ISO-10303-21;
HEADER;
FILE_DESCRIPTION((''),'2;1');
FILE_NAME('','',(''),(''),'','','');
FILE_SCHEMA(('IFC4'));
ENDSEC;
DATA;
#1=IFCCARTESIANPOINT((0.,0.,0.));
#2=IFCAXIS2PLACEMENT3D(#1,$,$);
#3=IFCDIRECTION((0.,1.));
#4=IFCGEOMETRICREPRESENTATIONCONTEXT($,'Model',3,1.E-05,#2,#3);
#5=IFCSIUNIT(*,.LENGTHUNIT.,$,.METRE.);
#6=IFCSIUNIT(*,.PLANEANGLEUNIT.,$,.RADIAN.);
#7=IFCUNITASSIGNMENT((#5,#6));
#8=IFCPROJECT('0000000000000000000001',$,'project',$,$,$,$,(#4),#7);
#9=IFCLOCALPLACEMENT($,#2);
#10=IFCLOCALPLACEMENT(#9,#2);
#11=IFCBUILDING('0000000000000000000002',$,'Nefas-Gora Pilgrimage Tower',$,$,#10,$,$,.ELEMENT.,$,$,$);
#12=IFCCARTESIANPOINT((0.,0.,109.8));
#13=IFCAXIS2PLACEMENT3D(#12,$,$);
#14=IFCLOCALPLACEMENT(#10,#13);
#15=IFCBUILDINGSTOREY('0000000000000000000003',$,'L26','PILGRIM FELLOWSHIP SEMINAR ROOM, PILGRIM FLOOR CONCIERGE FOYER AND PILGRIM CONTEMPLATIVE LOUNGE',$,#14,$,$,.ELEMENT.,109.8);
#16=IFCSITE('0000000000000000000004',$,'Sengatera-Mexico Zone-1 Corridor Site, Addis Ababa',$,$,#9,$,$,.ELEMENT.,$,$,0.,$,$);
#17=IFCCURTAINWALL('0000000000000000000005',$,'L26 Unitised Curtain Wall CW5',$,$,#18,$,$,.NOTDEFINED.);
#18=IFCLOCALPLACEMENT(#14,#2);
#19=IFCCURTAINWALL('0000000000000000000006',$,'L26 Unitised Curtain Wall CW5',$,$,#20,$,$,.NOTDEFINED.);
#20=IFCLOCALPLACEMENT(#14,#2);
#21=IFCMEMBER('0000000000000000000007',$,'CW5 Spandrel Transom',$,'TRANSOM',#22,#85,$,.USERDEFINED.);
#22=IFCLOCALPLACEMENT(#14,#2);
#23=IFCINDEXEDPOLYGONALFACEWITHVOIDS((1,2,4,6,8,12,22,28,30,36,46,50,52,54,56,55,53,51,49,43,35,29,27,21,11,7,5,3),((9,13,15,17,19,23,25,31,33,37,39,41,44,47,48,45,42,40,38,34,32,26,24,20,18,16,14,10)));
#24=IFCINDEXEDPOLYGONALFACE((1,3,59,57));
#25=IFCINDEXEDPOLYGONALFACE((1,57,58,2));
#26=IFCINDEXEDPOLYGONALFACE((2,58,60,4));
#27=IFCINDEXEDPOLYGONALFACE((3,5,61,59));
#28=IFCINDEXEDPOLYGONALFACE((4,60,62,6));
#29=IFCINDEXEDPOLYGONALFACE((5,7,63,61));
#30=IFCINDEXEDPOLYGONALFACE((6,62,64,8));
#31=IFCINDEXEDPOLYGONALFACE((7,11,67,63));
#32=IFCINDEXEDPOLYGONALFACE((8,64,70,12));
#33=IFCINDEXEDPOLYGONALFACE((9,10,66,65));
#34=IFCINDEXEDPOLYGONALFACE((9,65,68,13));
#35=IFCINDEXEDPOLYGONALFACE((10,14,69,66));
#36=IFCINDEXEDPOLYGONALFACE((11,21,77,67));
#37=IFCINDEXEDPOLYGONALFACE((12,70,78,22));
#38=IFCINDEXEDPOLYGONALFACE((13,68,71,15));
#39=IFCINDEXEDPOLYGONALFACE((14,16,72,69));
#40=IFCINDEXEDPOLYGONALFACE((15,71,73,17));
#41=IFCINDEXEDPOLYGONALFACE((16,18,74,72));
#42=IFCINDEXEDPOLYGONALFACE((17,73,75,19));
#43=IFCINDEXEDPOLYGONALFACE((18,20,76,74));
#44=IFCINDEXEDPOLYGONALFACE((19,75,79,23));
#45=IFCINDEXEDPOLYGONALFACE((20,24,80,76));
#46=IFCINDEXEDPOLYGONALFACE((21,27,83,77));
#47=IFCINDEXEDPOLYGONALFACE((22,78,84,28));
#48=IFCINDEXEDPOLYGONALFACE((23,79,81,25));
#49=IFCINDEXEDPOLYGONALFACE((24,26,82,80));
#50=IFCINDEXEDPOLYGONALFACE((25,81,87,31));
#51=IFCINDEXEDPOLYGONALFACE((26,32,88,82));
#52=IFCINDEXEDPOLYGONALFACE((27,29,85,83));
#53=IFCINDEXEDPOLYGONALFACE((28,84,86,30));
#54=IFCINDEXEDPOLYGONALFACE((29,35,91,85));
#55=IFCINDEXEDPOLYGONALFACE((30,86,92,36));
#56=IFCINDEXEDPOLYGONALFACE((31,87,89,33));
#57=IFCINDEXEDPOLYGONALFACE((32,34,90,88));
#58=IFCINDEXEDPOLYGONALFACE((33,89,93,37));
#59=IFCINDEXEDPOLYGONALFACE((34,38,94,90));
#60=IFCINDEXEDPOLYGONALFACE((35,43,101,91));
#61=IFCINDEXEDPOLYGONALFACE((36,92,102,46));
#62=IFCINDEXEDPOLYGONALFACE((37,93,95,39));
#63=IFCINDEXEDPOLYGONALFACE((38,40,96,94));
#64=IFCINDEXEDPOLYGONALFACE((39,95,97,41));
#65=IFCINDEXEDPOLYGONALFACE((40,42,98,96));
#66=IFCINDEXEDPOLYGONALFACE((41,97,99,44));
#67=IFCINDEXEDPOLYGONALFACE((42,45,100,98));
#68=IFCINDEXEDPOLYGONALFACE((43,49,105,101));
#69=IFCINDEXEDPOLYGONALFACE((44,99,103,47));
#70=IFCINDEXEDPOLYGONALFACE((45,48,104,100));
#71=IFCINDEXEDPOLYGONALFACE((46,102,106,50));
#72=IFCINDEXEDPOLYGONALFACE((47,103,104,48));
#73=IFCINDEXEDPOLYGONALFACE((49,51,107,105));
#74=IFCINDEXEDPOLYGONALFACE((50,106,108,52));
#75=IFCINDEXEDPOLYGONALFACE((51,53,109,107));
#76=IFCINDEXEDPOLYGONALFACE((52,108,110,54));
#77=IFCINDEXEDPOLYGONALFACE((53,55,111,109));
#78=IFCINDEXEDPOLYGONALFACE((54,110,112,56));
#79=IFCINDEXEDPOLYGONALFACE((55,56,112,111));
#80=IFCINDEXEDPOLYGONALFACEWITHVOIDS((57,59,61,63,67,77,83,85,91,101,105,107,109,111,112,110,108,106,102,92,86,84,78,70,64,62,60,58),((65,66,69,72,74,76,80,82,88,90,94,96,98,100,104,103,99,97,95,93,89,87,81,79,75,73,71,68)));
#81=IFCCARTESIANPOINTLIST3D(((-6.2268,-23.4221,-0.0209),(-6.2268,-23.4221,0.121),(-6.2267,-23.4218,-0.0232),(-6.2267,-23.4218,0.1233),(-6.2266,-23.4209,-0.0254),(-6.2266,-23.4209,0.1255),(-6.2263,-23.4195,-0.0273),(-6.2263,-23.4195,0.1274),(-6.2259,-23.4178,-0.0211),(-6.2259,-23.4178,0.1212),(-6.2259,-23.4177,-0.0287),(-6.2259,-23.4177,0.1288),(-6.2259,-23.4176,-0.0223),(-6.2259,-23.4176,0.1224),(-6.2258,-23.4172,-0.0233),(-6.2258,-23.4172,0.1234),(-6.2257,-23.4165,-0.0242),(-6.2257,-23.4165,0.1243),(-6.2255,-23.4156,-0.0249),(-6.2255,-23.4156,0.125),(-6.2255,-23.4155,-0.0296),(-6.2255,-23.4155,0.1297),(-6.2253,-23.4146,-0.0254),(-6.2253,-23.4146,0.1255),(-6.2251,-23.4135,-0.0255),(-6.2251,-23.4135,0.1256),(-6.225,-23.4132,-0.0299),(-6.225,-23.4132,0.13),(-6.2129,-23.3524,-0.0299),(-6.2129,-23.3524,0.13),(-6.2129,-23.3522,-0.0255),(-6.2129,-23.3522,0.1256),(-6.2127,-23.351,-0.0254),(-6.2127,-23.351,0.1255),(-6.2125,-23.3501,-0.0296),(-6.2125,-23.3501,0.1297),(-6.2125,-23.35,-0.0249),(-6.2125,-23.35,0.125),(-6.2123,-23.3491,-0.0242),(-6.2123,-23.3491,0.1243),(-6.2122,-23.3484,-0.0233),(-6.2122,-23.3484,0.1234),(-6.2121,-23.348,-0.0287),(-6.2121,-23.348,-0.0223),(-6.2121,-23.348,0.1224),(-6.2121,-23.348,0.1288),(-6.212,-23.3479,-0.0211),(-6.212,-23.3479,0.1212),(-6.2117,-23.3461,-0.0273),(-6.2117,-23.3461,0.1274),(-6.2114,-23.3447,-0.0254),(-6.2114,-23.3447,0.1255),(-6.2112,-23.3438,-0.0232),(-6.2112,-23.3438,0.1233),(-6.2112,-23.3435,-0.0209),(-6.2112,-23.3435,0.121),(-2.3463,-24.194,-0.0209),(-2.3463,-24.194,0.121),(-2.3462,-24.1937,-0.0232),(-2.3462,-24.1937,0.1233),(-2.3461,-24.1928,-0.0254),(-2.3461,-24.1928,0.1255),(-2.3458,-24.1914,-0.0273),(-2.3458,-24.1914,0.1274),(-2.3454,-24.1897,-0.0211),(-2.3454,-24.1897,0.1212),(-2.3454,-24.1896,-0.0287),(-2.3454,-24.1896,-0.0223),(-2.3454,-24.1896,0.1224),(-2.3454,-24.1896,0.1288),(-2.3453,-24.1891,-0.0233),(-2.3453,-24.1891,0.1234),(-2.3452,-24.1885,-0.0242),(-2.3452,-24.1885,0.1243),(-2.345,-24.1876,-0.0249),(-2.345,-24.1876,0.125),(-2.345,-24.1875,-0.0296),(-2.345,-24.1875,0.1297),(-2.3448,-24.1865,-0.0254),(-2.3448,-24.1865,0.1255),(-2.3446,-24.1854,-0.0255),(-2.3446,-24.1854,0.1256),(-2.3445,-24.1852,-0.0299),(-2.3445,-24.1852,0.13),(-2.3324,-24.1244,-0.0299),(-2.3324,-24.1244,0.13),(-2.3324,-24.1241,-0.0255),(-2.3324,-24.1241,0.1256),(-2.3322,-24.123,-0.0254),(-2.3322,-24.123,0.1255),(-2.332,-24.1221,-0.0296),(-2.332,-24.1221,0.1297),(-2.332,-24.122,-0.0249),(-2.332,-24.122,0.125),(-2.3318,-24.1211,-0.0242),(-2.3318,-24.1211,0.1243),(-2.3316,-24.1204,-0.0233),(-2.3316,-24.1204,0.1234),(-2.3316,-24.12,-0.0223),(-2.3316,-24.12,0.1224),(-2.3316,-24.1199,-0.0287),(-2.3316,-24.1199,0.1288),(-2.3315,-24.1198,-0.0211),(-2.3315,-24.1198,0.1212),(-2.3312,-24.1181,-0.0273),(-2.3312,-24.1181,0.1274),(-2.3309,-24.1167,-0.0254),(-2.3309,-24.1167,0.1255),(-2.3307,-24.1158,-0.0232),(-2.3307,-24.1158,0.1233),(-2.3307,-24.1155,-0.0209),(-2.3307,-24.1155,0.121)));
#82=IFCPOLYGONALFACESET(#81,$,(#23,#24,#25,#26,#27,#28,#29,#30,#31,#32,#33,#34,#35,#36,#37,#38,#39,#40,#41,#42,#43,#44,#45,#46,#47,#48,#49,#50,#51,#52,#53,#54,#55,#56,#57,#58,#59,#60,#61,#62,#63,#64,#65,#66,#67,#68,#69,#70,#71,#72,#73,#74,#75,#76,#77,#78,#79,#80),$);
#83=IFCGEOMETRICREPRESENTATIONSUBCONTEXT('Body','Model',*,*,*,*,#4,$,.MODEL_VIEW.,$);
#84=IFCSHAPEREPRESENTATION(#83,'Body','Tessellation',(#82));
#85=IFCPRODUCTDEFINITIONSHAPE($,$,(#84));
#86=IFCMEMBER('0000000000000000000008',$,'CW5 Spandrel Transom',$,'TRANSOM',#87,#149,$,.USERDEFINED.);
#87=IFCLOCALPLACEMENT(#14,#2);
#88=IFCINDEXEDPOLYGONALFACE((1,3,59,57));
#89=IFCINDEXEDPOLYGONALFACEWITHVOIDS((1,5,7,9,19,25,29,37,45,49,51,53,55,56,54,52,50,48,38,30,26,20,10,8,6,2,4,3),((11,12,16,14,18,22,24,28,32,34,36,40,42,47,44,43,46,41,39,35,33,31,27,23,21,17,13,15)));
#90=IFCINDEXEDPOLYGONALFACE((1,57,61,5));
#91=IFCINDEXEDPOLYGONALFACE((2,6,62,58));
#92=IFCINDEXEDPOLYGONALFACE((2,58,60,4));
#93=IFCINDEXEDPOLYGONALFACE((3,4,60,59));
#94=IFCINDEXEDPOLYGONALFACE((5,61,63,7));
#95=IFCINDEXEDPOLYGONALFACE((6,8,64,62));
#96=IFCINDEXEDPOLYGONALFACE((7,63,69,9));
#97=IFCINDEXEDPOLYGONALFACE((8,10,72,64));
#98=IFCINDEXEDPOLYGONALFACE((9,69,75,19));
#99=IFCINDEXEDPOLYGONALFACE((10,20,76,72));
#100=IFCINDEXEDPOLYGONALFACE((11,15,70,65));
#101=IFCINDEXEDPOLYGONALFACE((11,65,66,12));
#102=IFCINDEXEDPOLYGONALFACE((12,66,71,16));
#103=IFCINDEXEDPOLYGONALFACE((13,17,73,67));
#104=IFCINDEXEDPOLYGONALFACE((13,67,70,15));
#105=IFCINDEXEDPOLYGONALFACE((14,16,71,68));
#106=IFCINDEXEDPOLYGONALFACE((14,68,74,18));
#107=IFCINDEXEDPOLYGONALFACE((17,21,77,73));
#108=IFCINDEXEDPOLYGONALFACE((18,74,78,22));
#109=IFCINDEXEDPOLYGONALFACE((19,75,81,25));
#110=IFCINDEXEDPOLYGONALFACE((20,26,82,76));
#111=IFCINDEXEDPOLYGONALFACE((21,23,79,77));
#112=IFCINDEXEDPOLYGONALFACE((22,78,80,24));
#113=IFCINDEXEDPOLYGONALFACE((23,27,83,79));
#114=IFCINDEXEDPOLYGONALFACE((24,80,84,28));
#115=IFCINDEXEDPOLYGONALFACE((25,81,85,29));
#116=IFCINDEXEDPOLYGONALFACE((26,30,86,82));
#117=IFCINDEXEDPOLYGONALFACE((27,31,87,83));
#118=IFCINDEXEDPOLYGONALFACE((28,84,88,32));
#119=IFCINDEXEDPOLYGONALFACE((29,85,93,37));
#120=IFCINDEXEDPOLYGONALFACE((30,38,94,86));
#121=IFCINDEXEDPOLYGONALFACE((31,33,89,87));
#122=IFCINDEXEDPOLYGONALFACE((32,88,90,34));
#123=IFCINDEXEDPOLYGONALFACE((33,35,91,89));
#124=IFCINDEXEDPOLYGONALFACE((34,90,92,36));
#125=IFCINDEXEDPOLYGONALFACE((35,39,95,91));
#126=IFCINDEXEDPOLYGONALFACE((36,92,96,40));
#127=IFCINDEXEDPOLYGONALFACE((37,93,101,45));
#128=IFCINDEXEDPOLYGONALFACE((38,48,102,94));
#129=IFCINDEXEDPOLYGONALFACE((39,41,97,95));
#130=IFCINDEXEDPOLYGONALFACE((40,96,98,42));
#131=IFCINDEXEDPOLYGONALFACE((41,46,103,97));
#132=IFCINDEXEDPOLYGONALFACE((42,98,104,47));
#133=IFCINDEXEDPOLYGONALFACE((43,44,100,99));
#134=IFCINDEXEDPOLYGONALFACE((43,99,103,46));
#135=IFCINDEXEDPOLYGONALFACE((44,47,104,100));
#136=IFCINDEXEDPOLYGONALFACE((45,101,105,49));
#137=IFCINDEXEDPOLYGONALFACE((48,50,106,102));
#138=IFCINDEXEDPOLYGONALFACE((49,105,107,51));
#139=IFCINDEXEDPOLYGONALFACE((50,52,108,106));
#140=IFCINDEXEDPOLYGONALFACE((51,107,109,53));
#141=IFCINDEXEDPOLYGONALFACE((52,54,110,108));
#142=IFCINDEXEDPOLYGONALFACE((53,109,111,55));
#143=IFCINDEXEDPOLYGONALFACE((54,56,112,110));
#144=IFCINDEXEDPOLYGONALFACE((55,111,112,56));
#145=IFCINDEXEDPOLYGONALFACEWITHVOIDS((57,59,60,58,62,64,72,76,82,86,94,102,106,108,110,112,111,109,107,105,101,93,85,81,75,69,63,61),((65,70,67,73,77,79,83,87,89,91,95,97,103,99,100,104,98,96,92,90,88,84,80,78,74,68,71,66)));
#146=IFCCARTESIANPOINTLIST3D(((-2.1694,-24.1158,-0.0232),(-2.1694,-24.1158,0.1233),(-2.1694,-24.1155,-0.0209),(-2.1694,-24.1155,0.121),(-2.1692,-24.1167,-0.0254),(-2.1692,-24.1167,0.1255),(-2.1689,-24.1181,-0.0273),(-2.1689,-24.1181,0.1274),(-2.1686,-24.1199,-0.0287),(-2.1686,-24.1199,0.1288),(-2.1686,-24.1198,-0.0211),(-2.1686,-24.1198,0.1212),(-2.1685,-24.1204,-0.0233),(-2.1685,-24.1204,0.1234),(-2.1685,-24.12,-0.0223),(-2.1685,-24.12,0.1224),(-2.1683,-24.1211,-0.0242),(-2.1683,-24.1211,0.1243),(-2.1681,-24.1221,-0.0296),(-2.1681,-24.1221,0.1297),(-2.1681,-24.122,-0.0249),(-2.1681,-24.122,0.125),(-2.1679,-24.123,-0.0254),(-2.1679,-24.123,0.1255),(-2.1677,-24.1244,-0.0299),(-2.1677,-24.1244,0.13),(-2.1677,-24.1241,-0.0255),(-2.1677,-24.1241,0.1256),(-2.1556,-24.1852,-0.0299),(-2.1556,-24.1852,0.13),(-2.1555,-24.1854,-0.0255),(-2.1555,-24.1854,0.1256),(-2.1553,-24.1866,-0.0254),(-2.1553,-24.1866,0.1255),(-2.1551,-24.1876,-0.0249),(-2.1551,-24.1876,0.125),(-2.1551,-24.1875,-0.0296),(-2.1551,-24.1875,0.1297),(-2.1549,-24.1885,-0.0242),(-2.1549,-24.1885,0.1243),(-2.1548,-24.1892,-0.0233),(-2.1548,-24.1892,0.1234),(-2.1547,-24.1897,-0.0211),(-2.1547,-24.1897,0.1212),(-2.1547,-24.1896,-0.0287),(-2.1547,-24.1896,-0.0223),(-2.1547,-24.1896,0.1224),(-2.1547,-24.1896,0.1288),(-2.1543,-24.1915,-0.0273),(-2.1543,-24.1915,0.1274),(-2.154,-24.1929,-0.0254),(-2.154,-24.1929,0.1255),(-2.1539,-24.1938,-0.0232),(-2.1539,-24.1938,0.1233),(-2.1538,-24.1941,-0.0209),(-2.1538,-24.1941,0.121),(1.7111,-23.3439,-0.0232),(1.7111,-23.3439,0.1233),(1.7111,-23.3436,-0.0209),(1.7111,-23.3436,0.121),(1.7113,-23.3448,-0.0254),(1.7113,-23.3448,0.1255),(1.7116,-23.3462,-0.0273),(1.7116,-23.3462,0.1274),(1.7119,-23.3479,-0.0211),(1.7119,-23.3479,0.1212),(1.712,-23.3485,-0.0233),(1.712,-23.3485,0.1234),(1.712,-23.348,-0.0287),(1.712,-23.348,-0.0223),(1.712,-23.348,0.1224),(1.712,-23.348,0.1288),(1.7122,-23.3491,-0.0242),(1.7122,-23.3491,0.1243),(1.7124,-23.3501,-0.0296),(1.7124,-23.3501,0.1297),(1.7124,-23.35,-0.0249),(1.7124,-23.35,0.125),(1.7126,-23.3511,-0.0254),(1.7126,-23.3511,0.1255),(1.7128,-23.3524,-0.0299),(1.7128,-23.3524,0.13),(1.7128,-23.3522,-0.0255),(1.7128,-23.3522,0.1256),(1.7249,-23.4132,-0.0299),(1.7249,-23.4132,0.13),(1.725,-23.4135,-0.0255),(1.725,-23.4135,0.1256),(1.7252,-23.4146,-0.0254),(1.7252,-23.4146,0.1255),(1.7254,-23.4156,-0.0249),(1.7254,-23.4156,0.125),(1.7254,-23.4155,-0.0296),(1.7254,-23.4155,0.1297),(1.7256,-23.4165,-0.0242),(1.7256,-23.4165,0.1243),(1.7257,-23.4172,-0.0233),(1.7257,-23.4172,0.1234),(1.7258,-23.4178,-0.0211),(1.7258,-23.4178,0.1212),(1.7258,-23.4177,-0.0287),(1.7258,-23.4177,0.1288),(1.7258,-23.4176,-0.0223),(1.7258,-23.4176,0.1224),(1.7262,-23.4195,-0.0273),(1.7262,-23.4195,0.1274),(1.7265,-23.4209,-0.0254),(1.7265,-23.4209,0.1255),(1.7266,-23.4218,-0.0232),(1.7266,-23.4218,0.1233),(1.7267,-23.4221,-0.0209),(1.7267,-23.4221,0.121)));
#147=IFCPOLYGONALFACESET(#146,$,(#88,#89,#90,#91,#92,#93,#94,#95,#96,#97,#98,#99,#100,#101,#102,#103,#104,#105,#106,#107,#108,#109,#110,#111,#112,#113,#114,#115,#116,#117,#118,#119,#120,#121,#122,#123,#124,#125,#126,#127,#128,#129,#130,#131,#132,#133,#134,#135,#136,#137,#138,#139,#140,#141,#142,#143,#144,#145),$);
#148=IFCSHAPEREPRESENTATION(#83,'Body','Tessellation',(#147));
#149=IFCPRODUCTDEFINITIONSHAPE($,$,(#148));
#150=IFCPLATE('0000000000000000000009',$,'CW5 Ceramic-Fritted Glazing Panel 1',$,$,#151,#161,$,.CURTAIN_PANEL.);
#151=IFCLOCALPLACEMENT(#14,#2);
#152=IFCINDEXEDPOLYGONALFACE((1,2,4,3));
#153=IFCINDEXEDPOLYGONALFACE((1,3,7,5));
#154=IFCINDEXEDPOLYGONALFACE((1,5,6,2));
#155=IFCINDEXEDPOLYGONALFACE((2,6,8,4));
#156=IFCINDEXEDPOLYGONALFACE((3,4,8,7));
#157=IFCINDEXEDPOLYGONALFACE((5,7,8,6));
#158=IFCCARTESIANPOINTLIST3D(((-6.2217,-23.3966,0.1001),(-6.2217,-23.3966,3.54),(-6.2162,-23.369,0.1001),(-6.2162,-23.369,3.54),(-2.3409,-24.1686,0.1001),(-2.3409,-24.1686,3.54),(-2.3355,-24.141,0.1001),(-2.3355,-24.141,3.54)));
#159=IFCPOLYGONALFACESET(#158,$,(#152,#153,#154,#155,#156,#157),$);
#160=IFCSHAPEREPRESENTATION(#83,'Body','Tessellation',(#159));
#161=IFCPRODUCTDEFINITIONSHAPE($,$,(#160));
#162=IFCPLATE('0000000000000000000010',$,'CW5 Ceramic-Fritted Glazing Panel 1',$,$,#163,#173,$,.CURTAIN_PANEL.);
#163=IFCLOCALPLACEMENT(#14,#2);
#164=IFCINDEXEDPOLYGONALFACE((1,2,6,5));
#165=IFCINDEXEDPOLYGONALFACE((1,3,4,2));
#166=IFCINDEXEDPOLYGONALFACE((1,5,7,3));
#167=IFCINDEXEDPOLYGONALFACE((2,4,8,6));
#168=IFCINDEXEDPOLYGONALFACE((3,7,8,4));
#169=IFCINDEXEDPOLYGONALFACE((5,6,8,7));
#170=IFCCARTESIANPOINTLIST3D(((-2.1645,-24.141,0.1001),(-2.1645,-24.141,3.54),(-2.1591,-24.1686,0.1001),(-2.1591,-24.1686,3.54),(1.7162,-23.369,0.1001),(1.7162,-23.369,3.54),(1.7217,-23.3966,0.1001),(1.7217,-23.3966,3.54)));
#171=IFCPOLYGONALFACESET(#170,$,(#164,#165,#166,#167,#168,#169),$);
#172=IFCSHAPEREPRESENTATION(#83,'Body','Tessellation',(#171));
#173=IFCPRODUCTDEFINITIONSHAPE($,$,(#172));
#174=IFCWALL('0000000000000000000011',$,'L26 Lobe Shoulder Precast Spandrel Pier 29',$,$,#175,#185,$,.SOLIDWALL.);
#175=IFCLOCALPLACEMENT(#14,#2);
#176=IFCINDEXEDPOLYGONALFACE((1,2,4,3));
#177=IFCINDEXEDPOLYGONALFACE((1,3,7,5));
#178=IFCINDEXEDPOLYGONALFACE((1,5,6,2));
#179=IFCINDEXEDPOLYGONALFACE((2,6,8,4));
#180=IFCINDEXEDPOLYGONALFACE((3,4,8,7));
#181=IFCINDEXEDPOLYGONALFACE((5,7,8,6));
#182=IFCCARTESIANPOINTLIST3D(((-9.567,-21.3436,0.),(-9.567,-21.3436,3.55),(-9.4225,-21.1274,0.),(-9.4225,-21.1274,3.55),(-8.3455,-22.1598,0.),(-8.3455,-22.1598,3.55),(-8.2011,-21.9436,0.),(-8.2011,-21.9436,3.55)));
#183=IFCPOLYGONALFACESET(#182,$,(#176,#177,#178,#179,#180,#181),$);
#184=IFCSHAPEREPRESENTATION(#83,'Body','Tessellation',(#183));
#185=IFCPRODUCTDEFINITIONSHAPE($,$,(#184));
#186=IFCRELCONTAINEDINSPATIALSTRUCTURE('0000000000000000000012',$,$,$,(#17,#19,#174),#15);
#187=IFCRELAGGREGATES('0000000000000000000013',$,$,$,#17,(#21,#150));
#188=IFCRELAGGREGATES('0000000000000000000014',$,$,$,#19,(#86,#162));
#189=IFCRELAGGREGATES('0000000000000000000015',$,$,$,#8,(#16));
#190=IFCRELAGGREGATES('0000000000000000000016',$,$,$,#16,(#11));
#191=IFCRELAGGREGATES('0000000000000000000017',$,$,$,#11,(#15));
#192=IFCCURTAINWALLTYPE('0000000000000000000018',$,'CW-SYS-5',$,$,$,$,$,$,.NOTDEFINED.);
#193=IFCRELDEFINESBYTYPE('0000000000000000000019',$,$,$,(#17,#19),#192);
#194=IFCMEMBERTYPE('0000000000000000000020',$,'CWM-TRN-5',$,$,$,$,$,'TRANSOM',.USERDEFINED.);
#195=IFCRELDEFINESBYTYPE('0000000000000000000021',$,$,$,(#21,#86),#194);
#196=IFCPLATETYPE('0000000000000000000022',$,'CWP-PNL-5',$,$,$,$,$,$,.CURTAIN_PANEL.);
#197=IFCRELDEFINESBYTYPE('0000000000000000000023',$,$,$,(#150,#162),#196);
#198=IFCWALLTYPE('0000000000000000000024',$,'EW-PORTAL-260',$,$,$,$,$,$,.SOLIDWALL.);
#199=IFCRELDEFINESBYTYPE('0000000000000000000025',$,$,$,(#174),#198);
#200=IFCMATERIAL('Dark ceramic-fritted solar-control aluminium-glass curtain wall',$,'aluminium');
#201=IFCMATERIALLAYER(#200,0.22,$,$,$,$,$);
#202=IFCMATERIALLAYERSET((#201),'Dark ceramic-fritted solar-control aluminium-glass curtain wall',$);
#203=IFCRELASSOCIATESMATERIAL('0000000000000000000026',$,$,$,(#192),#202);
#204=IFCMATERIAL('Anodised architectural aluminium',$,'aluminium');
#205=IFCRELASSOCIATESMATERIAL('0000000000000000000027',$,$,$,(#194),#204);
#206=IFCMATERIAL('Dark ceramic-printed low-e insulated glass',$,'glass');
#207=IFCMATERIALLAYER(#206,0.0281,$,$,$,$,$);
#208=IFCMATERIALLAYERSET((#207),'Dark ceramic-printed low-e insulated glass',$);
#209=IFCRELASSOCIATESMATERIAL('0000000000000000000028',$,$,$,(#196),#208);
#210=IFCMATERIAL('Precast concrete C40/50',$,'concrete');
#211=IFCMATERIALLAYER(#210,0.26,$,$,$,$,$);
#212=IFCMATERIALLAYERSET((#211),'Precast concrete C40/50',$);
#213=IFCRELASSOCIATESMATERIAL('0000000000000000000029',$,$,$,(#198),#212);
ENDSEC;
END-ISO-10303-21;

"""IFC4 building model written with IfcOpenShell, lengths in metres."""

from ifc_helpers import new_model, si_unit, direction, frame, frame_2d, origin, origin_2d, place, context, subcontext, project, spatial, rectangle, hollow_rectangle, extrude, source, transform, mapped, material, layer, layer_set, material_profile, profile_set, type_object, element, aggregate, save


model = new_model("IFC4")

# Units and contexts
model_context = context("Model", 3, precision=1e-05, world=origin(), true_north=direction((0.0, 1.0)))
body_context = subcontext(model_context, "Body", "Model", "MODEL_VIEW")
ifc_project = project(units=[si_unit("LENGTHUNIT", "METRE"), si_unit("PLANEANGLEUNIT", "RADIAN")], contexts=[model_context])

# Site, building, storey
site_placement = place(None, origin())
site = spatial("IfcSite", under=ifc_project, at=site_placement, Name="Sengatera-Mexico Zone-1 Corridor Site, Addis Ababa", CompositionType="ELEMENT", RefElevation=0.0)
building_placement = place(site_placement, origin())
building = spatial("IfcBuilding", under=site, at=building_placement, Name="Nefas-Gora Pilgrimage Tower", CompositionType="ELEMENT")
storey_placement = place(building_placement, frame((0.0, 0.0, 109.8)))
storey = spatial("IfcBuildingStorey", under=building, at=storey_placement, Name="L26", Description="PILGRIM FELLOWSHIP SEMINAR ROOM, PILGRIM FLOOR CONCIERGE FOYER AND PILGRIM CONTEMPLATIVE LOUNGE", CompositionType="ELEMENT", Elevation=109.8)

# Shared definitions
ifc_material_1 = material(Name="Dark ceramic-fritted solar-control aluminium-glass curtain wall", Category="aluminium")
ifc_layer_1 = layer(ifc_material_1, 0.22)
ifc_layer_set_1 = layer_set([ifc_layer_1], Name="Dark ceramic-fritted solar-control aluminium-glass curtain wall")
curtain_wall_type = type_object("IfcCurtainWallType", Name="CW-SYS-5", PredefinedType="NOTDEFINED", material=ifc_layer_set_1)
ifc_material_2 = material(Name="Anodised architectural aluminium", Category="aluminium")

# Curtain wall
curtain_wall_1_placement = place(storey_placement, origin())
curtain_wall_1 = element("IfcCurtainWall", 1, at=curtain_wall_1_placement, inside=storey, type_object=curtain_wall_type, Name="L26 Unitised Curtain Wall CW5", PredefinedType="NOTDEFINED")

# Curtain wall
curtain_wall_2_placement = place(storey_placement, origin())
curtain_wall_2 = element("IfcCurtainWall", 2, at=curtain_wall_2_placement, inside=storey, type_object=curtain_wall_type, Name="L26 Unitised Curtain Wall CW5", PredefinedType="NOTDEFINED")

# Members
ifc_material_profile_1 = material_profile(ifc_material_2, hollow_rectangle(XDim=0.0801, YDim=0.1599, WallThickness=0.0044, InnerFilletRadius=0.0044, OuterFilletRadius=0.009, at=origin_2d()), Name="ALU TRANSOM 80x160")
ifc_profile_set_1 = profile_set([ifc_material_profile_1], Name="Anodised architectural aluminium")
member_type_1 = type_object("IfcMemberType", Name="CWM-TRN-5", ElementType="TRANSOM", PredefinedType="USERDEFINED", material=ifc_profile_set_1)
shared_shape_1 = source(origin(), body_context, "Body", "SweptSolid", [
    extrude(hollow_rectangle(XDim=0.0801, YDim=0.1599, WallThickness=0.0044, InnerFilletRadius=0.0044, OuterFilletRadius=0.009, at=origin_2d()), origin(), (0.0, 0.0, 1.0), 3.9565),
])
member_1_placement = place(storey_placement, frame((-6.219, -23.3828, 0.05), z_axis=(0.980782, -0.195107, 0.0), x_axis=(0.195107, 0.980782, 0.0)))
member_1 = element("IfcMember", 3, at=member_1_placement, type_object=member_type_1, Name="CW5 Spandrel Transom", ObjectType="TRANSOM", PredefinedType="USERDEFINED", context=body_context, shape_type="MappedRepresentation", body=[
    mapped(shared_shape_1, transform((0.0, 0.0, 0.0), x_axis=(1.0, 0.0, 0.0), y_axis=(0.0, 1.0, 0.0), z_axis=(0.0, 0.0, 1.0), scale=1.0)),
])
member_2_placement = place(storey_placement, frame((-2.1616, -24.1548, 0.05), z_axis=(0.980782, 0.195107, 0.0), x_axis=(-0.195107, 0.980782, 0.0)))
member_2 = element("IfcMember", 4, at=member_2_placement, type_object=member_type_1, Name="CW5 Spandrel Transom", ObjectType="TRANSOM", PredefinedType="USERDEFINED", context=body_context, shape_type="MappedRepresentation", body=[
    mapped(shared_shape_1, transform((0.0, 0.0, 0.0), x_axis=(1.0, 0.0, 0.0), y_axis=(0.0, 1.0, 0.0), z_axis=(0.0, 0.0, 1.0), scale=1.0)),
])

# Plates
ifc_material_3 = material(Name="Dark ceramic-printed low-e insulated glass", Category="glass")
ifc_layer_2 = layer(ifc_material_3, 0.0281)
ifc_layer_set_2 = layer_set([ifc_layer_2], Name="Dark ceramic-printed low-e insulated glass")
plate_type = type_object("IfcPlateType", Name="CWP-PNL-5", PredefinedType="CURTAIN_PANEL", material=ifc_layer_set_2)
shared_shape_2 = source(origin(), body_context, "Body", "SweptSolid", [
    extrude(rectangle(XDim=3.9568, YDim=0.0281, at=origin_2d()), origin(), (0.0, 0.0, 1.0), 3.4399),
])
plate_1_placement = place(storey_placement, frame((-4.2786, -23.7688, 0.1001), z_axis=(0.0, 0.0, 1.0), x_axis=(0.980783, -0.195102, 0.0)))
plate_1 = element("IfcPlate", 5, at=plate_1_placement, type_object=plate_type, Name="CW5 Ceramic-Fritted Glazing Panel 1", PredefinedType="CURTAIN_PANEL", context=body_context, shape_type="MappedRepresentation", body=[
    mapped(shared_shape_2, transform((0.0, 0.0, 0.0), x_axis=(1.0, 0.0, 0.0), y_axis=(0.0, 1.0, 0.0), z_axis=(0.0, 0.0, 1.0), scale=1.0)),
])
aggregate(curtain_wall_1, [member_1, plate_1])
plate_2_placement = place(storey_placement, frame((-0.2214, -23.7688, 0.1001), z_axis=(0.0, 0.0, 1.0), x_axis=(0.980783, 0.195102, 0.0)))
plate_2 = element("IfcPlate", 6, at=plate_2_placement, type_object=plate_type, Name="CW5 Ceramic-Fritted Glazing Panel 1", PredefinedType="CURTAIN_PANEL", context=body_context, shape_type="MappedRepresentation", body=[
    mapped(shared_shape_2, transform((0.0, 0.0, 0.0), x_axis=(1.0, 0.0, 0.0), y_axis=(0.0, 1.0, 0.0), z_axis=(0.0, 0.0, 1.0), scale=1.0)),
])
aggregate(curtain_wall_2, [member_2, plate_2])

# Wall
ifc_material_4 = material(Name="Precast concrete C40/50", Category="concrete")
ifc_layer_3 = layer(ifc_material_4, 0.26)
ifc_layer_set_3 = layer_set([ifc_layer_3], Name="Precast concrete C40/50")
wall_type_1 = type_object("IfcWallType", Name="EW-PORTAL-260", PredefinedType="SOLIDWALL", material=ifc_layer_set_3)
shared_shape_3 = source(origin(), body_context, "Body", "SweptSolid", [
    extrude(rectangle(XDim=1.469, YDim=0.26, at=frame_2d((0.7344, 0.0))), origin(), (0.0, 0.0, 1.0), 3.55),
])
wall_1_placement = place(storey_placement, frame((-9.4946, -21.2356, 0.0), z_axis=(0.0, 0.0, 1.0), x_axis=(0.831462, -0.555582, 0.0)))
element("IfcWall", 7, at=wall_1_placement, inside=storey, type_object=wall_type_1, Name="L26 Lobe Shoulder Precast Spandrel Pier 29", PredefinedType="SOLIDWALL", context=body_context, shape_type="MappedRepresentation", body=[
    mapped(shared_shape_3, transform((0.0, 0.0, 0.0), x_axis=(1.0, 0.0, 0.0), y_axis=(0.0, 1.0, 0.0), z_axis=(0.0, 0.0, 1.0), scale=1.0)),
])

save(model, "model.ifc")
